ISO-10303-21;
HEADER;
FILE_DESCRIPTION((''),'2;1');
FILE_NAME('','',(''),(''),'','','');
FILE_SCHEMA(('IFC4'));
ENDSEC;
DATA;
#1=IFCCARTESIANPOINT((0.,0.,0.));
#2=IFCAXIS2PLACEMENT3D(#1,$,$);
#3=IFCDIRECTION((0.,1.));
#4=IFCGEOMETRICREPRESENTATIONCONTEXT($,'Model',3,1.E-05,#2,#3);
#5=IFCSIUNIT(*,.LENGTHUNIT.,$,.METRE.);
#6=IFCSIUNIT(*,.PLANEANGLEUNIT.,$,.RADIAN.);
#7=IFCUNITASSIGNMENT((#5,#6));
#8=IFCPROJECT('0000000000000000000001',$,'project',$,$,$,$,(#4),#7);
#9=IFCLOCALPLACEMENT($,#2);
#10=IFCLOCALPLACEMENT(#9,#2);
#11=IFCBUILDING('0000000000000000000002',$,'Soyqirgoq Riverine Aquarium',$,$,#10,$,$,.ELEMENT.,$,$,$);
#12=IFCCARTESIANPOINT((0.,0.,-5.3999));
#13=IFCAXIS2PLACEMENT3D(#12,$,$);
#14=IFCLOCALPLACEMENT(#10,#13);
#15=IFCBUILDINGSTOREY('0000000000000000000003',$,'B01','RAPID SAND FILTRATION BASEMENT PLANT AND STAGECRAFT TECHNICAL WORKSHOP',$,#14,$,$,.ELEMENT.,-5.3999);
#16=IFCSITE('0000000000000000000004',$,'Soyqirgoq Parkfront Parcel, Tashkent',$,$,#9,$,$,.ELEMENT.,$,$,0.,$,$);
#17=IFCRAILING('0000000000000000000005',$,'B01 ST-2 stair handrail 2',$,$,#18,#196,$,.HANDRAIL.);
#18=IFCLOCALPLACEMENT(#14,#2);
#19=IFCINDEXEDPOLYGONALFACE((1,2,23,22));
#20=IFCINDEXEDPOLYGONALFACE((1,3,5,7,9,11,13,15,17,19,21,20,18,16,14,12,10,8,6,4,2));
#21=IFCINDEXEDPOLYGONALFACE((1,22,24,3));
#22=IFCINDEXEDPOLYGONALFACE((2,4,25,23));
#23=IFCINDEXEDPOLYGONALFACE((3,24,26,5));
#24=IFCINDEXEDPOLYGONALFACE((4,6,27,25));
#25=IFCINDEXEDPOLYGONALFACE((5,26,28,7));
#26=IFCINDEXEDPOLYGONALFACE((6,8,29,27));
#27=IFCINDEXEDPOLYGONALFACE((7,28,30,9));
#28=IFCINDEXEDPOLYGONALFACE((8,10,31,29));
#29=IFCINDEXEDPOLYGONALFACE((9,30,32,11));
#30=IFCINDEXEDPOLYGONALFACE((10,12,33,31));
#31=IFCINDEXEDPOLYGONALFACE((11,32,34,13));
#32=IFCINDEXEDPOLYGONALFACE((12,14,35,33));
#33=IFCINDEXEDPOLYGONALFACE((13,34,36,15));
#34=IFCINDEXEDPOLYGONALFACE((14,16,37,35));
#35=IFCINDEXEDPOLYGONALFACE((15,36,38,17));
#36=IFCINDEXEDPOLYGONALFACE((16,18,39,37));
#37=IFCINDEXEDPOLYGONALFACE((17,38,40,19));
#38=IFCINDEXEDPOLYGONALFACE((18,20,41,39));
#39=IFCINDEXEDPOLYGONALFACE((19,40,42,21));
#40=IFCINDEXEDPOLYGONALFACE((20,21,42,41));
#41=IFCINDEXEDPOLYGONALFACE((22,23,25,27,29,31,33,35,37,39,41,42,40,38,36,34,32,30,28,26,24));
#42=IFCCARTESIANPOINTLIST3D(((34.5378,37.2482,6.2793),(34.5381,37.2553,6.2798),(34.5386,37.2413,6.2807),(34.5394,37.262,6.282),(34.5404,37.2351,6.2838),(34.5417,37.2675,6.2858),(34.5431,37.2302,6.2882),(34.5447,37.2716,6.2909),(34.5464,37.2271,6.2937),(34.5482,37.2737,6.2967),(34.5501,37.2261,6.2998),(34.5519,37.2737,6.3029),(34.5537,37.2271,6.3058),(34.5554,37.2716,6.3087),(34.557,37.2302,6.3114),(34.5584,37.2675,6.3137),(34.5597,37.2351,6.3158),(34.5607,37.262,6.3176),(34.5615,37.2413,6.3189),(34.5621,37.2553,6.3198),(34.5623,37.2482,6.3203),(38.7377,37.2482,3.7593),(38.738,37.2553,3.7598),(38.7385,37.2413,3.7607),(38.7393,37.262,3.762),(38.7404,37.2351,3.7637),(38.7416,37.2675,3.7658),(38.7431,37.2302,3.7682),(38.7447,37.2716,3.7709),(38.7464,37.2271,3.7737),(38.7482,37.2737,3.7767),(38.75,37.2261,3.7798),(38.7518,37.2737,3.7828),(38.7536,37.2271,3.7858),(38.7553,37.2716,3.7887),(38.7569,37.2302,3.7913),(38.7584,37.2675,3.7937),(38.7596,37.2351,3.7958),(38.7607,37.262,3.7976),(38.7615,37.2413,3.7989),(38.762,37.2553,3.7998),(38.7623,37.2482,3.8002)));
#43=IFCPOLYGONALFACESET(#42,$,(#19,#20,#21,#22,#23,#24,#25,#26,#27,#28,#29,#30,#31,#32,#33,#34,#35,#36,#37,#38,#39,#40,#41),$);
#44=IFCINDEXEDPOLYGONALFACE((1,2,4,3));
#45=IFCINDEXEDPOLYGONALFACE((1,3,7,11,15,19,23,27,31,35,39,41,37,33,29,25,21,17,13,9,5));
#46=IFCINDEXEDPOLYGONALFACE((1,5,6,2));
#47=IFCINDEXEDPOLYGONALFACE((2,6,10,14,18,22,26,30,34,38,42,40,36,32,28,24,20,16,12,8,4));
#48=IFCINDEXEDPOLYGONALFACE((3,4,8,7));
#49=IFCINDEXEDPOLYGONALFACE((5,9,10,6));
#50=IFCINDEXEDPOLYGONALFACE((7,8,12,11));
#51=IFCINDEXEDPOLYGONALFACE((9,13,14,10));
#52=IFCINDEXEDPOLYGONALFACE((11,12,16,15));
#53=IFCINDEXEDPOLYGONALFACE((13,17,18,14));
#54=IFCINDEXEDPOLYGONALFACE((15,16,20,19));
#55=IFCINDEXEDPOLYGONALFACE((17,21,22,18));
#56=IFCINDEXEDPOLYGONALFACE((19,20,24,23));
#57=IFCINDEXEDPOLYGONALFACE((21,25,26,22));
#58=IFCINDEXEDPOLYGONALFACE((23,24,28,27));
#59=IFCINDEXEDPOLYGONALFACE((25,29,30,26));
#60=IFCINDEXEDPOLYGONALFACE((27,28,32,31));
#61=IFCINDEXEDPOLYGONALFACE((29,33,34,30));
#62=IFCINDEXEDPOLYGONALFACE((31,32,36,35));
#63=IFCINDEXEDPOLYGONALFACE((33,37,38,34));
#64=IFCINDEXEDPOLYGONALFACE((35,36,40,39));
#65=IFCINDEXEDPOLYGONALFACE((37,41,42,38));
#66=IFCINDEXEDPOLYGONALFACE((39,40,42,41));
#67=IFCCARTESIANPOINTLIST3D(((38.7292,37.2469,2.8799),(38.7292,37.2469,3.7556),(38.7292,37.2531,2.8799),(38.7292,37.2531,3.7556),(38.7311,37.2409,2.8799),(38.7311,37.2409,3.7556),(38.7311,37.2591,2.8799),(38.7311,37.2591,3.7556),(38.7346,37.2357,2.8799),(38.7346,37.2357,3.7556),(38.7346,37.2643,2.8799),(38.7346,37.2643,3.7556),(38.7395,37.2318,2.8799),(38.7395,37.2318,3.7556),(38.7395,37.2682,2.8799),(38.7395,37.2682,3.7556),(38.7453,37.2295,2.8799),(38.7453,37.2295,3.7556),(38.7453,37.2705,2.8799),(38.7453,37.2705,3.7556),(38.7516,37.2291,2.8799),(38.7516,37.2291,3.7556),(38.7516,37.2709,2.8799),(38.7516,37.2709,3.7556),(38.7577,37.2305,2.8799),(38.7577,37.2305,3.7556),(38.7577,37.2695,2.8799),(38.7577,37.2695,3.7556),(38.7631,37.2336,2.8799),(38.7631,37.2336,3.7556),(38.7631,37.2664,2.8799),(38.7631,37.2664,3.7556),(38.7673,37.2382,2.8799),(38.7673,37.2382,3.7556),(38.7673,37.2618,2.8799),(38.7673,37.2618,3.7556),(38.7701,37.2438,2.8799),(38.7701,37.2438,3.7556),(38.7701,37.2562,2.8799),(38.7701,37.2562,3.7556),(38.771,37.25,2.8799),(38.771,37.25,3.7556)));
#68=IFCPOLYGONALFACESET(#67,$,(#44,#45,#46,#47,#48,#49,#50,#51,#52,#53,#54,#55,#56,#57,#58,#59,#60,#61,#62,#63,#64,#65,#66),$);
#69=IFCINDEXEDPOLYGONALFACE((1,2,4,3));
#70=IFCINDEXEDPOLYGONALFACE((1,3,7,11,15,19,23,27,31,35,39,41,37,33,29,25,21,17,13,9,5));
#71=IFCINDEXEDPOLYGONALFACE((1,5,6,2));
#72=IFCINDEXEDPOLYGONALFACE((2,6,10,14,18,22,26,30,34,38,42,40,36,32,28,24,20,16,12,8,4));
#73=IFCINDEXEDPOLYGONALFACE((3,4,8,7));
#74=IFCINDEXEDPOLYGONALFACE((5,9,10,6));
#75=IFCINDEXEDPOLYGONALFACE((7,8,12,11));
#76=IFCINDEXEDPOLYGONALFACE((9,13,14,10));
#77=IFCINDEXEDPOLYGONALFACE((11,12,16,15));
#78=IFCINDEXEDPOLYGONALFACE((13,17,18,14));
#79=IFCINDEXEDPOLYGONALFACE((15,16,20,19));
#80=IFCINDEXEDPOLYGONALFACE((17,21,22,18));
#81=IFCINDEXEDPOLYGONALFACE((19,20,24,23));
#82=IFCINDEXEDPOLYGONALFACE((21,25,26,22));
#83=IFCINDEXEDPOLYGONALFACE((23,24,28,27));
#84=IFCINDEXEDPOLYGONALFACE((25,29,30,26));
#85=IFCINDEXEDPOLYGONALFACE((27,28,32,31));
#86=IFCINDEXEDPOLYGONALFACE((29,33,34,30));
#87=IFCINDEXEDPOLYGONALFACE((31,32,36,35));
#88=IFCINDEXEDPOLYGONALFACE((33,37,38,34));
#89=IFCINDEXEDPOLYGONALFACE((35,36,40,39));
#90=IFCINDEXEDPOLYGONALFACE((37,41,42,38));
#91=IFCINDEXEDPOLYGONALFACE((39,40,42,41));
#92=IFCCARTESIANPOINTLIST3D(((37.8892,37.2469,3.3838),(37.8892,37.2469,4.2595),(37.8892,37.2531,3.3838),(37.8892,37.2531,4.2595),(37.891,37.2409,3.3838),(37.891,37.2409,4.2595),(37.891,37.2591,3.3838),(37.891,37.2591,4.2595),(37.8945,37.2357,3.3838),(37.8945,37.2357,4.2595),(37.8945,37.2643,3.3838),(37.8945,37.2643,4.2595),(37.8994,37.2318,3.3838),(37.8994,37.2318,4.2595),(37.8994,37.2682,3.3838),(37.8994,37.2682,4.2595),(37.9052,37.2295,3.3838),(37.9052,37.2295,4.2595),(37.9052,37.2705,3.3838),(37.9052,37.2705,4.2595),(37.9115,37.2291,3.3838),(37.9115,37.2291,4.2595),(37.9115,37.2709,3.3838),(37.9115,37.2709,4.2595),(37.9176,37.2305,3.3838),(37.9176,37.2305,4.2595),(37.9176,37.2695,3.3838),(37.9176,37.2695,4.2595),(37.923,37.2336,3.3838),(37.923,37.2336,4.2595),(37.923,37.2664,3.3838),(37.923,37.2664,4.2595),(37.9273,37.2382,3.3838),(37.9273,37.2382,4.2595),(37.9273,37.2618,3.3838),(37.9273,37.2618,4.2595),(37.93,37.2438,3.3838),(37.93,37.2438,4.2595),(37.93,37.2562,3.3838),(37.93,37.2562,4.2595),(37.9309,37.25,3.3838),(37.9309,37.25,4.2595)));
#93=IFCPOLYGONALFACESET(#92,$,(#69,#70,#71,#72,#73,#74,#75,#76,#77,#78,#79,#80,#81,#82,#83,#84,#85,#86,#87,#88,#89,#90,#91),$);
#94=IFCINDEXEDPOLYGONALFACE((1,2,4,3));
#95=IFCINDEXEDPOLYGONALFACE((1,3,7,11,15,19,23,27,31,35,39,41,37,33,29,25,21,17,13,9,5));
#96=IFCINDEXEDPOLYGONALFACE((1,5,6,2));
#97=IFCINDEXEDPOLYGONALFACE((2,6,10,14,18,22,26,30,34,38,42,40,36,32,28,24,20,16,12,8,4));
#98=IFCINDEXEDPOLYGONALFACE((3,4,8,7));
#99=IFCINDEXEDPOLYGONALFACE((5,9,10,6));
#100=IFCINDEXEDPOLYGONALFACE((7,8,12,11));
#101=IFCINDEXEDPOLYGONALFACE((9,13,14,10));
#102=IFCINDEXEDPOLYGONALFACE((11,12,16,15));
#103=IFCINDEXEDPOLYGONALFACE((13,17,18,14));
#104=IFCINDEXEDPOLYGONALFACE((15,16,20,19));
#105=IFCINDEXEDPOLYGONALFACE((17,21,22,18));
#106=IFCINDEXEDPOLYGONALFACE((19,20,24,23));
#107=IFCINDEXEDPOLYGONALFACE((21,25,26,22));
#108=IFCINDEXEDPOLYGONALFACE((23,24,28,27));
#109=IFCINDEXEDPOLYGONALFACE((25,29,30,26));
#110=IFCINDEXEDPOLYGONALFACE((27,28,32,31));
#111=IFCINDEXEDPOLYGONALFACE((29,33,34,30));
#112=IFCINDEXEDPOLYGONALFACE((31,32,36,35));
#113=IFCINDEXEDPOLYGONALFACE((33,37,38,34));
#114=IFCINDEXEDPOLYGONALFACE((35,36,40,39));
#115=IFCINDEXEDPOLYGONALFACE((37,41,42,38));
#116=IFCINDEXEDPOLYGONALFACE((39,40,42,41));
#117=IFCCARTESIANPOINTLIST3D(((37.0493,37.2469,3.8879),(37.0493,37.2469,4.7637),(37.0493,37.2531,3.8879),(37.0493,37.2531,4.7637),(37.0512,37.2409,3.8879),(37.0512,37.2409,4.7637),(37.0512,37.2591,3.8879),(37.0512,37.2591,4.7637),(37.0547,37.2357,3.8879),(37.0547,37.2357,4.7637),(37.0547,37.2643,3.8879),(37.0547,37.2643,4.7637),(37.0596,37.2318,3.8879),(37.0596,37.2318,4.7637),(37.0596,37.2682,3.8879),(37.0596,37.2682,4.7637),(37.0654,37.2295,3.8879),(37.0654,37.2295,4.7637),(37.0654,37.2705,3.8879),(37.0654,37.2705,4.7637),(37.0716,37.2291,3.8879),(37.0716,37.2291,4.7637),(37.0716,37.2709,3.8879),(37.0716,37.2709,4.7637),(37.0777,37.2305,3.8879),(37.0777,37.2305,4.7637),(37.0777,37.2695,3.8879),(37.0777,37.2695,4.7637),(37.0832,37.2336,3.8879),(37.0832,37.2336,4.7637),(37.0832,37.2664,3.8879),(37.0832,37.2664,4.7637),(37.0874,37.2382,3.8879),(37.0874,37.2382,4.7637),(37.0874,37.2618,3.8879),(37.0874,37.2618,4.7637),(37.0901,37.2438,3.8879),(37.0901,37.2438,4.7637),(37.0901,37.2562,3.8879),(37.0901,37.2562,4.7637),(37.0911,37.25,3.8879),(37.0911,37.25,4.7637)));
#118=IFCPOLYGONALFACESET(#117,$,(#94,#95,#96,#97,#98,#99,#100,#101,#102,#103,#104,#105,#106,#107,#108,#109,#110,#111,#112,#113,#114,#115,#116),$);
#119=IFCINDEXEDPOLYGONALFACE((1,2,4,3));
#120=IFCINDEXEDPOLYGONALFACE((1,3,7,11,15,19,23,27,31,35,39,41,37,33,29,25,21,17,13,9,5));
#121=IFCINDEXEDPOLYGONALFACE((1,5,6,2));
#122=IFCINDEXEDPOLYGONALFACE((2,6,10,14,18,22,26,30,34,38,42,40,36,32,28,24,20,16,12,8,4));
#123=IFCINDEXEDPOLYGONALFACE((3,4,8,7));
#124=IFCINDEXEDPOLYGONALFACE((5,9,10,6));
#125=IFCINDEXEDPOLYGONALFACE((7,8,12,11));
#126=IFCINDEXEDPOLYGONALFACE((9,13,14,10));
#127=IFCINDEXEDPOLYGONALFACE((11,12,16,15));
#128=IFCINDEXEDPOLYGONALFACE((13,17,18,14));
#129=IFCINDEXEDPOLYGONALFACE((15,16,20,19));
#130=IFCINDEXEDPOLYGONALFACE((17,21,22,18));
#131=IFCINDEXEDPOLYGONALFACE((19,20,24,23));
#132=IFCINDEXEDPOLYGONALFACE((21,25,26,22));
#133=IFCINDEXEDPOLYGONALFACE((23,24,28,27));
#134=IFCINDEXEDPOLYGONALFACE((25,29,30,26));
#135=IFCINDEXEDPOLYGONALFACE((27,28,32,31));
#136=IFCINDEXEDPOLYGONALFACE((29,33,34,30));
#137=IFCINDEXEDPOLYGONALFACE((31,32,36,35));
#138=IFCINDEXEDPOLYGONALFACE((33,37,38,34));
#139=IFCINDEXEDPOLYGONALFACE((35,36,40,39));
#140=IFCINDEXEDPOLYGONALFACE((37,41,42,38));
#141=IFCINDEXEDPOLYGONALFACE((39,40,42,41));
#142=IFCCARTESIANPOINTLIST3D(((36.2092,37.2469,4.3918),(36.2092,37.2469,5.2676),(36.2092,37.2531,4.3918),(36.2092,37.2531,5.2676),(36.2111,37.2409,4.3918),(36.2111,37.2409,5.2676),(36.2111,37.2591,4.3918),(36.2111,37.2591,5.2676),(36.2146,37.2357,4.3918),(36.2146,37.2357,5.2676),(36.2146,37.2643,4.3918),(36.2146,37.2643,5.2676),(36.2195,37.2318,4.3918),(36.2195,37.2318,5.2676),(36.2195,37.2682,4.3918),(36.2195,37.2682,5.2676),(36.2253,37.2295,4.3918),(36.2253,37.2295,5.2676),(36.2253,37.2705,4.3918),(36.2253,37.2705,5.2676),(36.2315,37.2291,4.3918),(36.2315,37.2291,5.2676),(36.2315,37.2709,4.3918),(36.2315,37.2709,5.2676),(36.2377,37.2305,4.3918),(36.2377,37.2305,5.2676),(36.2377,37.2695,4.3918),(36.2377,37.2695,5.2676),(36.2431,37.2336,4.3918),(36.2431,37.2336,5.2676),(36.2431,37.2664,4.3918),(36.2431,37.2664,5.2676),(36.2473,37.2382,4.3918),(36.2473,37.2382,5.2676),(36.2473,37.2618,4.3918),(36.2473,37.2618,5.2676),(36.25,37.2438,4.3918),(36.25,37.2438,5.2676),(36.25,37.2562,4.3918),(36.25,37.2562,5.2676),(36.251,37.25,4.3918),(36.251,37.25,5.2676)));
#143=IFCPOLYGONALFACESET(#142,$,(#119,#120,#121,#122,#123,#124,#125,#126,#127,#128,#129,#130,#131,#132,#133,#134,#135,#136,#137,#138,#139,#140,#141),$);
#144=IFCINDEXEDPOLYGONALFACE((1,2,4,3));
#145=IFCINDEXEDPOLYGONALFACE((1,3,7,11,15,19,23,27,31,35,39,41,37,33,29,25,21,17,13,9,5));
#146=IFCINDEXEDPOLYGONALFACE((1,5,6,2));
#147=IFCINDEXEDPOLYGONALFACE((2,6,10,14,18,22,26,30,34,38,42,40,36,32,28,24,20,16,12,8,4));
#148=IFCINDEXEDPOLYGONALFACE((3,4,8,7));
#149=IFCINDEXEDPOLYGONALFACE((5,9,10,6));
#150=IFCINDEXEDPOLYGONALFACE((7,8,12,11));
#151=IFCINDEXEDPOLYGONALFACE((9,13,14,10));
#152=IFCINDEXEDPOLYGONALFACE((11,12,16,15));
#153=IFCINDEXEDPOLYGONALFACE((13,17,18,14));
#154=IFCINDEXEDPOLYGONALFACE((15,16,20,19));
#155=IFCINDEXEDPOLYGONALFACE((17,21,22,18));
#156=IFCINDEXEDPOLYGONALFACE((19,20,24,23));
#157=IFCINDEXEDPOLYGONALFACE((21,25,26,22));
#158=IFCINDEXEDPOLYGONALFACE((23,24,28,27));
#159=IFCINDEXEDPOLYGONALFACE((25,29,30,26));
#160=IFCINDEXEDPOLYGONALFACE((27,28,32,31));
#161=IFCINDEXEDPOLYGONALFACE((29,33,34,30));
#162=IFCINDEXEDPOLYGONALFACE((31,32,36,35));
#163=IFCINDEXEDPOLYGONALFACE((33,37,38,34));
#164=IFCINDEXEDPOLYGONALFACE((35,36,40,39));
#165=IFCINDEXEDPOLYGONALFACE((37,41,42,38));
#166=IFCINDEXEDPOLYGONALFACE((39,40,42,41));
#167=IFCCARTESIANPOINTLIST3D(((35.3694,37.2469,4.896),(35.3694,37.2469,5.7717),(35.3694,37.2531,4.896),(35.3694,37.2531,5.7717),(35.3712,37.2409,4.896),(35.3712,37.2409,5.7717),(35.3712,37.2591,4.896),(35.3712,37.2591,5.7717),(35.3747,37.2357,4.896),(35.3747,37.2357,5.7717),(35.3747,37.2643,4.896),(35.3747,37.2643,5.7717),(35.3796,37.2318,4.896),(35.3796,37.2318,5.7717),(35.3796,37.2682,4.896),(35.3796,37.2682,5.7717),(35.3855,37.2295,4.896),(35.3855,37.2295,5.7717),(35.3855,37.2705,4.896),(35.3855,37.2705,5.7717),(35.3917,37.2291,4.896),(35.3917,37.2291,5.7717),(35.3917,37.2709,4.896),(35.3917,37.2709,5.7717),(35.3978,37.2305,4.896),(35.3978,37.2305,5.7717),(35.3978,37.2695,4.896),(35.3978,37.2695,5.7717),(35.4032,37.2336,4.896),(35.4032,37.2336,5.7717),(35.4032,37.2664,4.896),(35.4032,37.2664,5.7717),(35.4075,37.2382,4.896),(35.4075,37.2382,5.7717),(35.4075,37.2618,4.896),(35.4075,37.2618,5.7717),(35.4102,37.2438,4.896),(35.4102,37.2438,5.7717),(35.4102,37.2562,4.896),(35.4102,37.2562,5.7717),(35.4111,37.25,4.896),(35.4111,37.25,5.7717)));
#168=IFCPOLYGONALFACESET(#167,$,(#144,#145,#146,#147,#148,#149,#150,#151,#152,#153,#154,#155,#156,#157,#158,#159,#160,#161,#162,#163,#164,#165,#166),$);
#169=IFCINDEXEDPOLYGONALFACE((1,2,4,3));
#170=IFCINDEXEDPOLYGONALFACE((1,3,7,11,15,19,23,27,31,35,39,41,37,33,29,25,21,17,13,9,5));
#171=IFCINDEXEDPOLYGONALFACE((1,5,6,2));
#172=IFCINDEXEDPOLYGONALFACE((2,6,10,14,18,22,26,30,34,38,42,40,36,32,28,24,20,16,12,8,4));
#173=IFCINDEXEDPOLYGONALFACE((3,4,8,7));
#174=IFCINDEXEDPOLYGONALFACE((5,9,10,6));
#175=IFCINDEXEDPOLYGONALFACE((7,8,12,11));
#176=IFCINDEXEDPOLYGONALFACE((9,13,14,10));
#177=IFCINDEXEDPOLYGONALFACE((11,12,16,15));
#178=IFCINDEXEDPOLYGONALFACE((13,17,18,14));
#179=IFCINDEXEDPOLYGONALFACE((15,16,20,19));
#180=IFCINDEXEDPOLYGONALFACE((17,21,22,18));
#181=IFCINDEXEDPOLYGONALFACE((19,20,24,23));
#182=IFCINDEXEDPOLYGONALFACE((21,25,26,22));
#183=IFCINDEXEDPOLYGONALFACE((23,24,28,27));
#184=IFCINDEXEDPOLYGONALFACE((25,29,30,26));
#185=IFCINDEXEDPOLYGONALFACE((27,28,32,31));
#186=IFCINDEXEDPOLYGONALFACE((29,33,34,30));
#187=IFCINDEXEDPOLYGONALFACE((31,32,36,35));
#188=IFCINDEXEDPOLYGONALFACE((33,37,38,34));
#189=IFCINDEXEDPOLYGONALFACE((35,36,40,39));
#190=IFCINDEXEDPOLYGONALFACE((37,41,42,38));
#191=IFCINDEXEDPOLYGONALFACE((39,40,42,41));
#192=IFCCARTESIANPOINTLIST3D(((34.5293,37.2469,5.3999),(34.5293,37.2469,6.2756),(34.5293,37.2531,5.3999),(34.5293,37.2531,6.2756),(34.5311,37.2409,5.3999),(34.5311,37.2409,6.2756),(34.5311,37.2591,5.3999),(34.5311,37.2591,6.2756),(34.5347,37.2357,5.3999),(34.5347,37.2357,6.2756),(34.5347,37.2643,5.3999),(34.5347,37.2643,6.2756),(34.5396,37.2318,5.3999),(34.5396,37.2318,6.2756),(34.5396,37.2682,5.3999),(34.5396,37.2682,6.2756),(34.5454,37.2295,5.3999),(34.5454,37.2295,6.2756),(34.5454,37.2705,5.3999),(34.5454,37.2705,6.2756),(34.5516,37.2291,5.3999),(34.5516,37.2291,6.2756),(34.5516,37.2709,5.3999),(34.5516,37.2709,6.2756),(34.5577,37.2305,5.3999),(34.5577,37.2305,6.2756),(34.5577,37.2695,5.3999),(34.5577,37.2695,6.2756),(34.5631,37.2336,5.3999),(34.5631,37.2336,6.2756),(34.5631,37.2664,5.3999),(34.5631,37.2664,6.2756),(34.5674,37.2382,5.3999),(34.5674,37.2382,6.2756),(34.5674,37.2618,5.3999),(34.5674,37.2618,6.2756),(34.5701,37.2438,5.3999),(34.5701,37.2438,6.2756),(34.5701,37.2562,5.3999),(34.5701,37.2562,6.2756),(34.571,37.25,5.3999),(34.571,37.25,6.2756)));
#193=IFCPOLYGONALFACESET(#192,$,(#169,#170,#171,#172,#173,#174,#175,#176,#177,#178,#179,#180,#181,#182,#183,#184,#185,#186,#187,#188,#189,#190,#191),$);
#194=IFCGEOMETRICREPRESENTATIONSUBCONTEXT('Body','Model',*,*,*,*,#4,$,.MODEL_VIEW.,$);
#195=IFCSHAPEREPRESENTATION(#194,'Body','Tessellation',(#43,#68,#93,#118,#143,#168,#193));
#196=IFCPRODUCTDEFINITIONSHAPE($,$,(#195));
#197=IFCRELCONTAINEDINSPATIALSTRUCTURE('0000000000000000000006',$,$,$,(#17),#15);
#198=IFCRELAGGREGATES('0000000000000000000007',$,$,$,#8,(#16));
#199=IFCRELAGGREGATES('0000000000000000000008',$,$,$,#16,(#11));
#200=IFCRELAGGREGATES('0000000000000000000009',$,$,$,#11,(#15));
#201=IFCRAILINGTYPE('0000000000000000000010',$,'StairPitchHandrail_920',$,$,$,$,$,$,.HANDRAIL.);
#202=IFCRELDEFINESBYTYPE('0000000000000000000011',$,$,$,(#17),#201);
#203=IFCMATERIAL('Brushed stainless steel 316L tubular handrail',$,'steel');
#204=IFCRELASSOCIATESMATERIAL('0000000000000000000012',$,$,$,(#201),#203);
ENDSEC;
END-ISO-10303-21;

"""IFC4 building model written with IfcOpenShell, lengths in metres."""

from ifc_helpers import new_model, si_unit, direction, frame, origin, origin_2d, place, context, subcontext, project, spatial, circle, extrude, material, type_object, element, save


model = new_model("IFC4")

# Units and contexts
model_context = context("Model", 3, precision=1e-05, world=origin(), true_north=direction((0.0, 1.0)))
body_context = subcontext(model_context, "Body", "Model", "MODEL_VIEW")
ifc_project = project(units=[si_unit("LENGTHUNIT", "METRE"), si_unit("PLANEANGLEUNIT", "RADIAN")], contexts=[model_context])

# Site, building, storey
site_placement = place(None, origin())
site = spatial("IfcSite", under=ifc_project, at=site_placement, Name="Soyqirgoq Parkfront Parcel, Tashkent", CompositionType="ELEMENT", RefElevation=0.0)
building_placement = place(site_placement, origin())
building = spatial("IfcBuilding", under=site, at=building_placement, Name="Soyqirgoq Riverine Aquarium", CompositionType="ELEMENT")
storey_placement = place(building_placement, frame((0.0, 0.0, -5.3999)))
storey = spatial("IfcBuildingStorey", under=building, at=storey_placement, Name="B01", Description="RAPID SAND FILTRATION BASEMENT PLANT AND STAGECRAFT TECHNICAL WORKSHOP", CompositionType="ELEMENT", Elevation=-5.3999)

# Railing
ifc_material_1 = material(Name="Brushed stainless steel 316L tubular handrail", Category="steel")
railing_type_1 = type_object("IfcRailingType", Name="StairPitchHandrail_920", PredefinedType="HANDRAIL", material=ifc_material_1)
railing_1_placement = place(storey_placement, frame((38.75, 37.25, 2.8799)))
element("IfcRailing", 1, at=railing_1_placement, inside=storey, type_object=railing_type_1, Name="B01 ST-2 stair handrail 2", PredefinedType="HANDRAIL", context=body_context, shape_type="SweptSolid", body=[
    extrude(circle(Radius=0.0239, at=origin_2d()), frame((0.0, 0.0, 0.8999), z_axis=(-0.857489, 0.0, 0.514503), x_axis=(0.0, -1.0, 0.0)), (0.0, 0.0, 1.0), 4.8979),
    extrude(circle(Radius=0.021, at=origin_2d()), origin(), (0.0, 0.0, 1.0), 0.8757),
    extrude(circle(Radius=0.021, at=origin_2d()), frame((-0.8401, 0.0, 0.5039)), (0.0, 0.0, 1.0), 0.8757),
    extrude(circle(Radius=0.021, at=origin_2d()), frame((-1.6799, 0.0, 1.0081)), (0.0, 0.0, 1.0), 0.8757),
    extrude(circle(Radius=0.021, at=origin_2d()), frame((-2.52, 0.0, 1.512)), (0.0, 0.0, 1.0), 0.8757),
    extrude(circle(Radius=0.021, at=origin_2d()), frame((-3.3599, 0.0, 2.0161)), (0.0, 0.0, 1.0), 0.8757),
    extrude(circle(Radius=0.021, at=origin_2d()), frame((-4.2, 0.0, 2.52)), (0.0, 0.0, 1.0), 0.8757),
])

save(model, "model.ifc")
